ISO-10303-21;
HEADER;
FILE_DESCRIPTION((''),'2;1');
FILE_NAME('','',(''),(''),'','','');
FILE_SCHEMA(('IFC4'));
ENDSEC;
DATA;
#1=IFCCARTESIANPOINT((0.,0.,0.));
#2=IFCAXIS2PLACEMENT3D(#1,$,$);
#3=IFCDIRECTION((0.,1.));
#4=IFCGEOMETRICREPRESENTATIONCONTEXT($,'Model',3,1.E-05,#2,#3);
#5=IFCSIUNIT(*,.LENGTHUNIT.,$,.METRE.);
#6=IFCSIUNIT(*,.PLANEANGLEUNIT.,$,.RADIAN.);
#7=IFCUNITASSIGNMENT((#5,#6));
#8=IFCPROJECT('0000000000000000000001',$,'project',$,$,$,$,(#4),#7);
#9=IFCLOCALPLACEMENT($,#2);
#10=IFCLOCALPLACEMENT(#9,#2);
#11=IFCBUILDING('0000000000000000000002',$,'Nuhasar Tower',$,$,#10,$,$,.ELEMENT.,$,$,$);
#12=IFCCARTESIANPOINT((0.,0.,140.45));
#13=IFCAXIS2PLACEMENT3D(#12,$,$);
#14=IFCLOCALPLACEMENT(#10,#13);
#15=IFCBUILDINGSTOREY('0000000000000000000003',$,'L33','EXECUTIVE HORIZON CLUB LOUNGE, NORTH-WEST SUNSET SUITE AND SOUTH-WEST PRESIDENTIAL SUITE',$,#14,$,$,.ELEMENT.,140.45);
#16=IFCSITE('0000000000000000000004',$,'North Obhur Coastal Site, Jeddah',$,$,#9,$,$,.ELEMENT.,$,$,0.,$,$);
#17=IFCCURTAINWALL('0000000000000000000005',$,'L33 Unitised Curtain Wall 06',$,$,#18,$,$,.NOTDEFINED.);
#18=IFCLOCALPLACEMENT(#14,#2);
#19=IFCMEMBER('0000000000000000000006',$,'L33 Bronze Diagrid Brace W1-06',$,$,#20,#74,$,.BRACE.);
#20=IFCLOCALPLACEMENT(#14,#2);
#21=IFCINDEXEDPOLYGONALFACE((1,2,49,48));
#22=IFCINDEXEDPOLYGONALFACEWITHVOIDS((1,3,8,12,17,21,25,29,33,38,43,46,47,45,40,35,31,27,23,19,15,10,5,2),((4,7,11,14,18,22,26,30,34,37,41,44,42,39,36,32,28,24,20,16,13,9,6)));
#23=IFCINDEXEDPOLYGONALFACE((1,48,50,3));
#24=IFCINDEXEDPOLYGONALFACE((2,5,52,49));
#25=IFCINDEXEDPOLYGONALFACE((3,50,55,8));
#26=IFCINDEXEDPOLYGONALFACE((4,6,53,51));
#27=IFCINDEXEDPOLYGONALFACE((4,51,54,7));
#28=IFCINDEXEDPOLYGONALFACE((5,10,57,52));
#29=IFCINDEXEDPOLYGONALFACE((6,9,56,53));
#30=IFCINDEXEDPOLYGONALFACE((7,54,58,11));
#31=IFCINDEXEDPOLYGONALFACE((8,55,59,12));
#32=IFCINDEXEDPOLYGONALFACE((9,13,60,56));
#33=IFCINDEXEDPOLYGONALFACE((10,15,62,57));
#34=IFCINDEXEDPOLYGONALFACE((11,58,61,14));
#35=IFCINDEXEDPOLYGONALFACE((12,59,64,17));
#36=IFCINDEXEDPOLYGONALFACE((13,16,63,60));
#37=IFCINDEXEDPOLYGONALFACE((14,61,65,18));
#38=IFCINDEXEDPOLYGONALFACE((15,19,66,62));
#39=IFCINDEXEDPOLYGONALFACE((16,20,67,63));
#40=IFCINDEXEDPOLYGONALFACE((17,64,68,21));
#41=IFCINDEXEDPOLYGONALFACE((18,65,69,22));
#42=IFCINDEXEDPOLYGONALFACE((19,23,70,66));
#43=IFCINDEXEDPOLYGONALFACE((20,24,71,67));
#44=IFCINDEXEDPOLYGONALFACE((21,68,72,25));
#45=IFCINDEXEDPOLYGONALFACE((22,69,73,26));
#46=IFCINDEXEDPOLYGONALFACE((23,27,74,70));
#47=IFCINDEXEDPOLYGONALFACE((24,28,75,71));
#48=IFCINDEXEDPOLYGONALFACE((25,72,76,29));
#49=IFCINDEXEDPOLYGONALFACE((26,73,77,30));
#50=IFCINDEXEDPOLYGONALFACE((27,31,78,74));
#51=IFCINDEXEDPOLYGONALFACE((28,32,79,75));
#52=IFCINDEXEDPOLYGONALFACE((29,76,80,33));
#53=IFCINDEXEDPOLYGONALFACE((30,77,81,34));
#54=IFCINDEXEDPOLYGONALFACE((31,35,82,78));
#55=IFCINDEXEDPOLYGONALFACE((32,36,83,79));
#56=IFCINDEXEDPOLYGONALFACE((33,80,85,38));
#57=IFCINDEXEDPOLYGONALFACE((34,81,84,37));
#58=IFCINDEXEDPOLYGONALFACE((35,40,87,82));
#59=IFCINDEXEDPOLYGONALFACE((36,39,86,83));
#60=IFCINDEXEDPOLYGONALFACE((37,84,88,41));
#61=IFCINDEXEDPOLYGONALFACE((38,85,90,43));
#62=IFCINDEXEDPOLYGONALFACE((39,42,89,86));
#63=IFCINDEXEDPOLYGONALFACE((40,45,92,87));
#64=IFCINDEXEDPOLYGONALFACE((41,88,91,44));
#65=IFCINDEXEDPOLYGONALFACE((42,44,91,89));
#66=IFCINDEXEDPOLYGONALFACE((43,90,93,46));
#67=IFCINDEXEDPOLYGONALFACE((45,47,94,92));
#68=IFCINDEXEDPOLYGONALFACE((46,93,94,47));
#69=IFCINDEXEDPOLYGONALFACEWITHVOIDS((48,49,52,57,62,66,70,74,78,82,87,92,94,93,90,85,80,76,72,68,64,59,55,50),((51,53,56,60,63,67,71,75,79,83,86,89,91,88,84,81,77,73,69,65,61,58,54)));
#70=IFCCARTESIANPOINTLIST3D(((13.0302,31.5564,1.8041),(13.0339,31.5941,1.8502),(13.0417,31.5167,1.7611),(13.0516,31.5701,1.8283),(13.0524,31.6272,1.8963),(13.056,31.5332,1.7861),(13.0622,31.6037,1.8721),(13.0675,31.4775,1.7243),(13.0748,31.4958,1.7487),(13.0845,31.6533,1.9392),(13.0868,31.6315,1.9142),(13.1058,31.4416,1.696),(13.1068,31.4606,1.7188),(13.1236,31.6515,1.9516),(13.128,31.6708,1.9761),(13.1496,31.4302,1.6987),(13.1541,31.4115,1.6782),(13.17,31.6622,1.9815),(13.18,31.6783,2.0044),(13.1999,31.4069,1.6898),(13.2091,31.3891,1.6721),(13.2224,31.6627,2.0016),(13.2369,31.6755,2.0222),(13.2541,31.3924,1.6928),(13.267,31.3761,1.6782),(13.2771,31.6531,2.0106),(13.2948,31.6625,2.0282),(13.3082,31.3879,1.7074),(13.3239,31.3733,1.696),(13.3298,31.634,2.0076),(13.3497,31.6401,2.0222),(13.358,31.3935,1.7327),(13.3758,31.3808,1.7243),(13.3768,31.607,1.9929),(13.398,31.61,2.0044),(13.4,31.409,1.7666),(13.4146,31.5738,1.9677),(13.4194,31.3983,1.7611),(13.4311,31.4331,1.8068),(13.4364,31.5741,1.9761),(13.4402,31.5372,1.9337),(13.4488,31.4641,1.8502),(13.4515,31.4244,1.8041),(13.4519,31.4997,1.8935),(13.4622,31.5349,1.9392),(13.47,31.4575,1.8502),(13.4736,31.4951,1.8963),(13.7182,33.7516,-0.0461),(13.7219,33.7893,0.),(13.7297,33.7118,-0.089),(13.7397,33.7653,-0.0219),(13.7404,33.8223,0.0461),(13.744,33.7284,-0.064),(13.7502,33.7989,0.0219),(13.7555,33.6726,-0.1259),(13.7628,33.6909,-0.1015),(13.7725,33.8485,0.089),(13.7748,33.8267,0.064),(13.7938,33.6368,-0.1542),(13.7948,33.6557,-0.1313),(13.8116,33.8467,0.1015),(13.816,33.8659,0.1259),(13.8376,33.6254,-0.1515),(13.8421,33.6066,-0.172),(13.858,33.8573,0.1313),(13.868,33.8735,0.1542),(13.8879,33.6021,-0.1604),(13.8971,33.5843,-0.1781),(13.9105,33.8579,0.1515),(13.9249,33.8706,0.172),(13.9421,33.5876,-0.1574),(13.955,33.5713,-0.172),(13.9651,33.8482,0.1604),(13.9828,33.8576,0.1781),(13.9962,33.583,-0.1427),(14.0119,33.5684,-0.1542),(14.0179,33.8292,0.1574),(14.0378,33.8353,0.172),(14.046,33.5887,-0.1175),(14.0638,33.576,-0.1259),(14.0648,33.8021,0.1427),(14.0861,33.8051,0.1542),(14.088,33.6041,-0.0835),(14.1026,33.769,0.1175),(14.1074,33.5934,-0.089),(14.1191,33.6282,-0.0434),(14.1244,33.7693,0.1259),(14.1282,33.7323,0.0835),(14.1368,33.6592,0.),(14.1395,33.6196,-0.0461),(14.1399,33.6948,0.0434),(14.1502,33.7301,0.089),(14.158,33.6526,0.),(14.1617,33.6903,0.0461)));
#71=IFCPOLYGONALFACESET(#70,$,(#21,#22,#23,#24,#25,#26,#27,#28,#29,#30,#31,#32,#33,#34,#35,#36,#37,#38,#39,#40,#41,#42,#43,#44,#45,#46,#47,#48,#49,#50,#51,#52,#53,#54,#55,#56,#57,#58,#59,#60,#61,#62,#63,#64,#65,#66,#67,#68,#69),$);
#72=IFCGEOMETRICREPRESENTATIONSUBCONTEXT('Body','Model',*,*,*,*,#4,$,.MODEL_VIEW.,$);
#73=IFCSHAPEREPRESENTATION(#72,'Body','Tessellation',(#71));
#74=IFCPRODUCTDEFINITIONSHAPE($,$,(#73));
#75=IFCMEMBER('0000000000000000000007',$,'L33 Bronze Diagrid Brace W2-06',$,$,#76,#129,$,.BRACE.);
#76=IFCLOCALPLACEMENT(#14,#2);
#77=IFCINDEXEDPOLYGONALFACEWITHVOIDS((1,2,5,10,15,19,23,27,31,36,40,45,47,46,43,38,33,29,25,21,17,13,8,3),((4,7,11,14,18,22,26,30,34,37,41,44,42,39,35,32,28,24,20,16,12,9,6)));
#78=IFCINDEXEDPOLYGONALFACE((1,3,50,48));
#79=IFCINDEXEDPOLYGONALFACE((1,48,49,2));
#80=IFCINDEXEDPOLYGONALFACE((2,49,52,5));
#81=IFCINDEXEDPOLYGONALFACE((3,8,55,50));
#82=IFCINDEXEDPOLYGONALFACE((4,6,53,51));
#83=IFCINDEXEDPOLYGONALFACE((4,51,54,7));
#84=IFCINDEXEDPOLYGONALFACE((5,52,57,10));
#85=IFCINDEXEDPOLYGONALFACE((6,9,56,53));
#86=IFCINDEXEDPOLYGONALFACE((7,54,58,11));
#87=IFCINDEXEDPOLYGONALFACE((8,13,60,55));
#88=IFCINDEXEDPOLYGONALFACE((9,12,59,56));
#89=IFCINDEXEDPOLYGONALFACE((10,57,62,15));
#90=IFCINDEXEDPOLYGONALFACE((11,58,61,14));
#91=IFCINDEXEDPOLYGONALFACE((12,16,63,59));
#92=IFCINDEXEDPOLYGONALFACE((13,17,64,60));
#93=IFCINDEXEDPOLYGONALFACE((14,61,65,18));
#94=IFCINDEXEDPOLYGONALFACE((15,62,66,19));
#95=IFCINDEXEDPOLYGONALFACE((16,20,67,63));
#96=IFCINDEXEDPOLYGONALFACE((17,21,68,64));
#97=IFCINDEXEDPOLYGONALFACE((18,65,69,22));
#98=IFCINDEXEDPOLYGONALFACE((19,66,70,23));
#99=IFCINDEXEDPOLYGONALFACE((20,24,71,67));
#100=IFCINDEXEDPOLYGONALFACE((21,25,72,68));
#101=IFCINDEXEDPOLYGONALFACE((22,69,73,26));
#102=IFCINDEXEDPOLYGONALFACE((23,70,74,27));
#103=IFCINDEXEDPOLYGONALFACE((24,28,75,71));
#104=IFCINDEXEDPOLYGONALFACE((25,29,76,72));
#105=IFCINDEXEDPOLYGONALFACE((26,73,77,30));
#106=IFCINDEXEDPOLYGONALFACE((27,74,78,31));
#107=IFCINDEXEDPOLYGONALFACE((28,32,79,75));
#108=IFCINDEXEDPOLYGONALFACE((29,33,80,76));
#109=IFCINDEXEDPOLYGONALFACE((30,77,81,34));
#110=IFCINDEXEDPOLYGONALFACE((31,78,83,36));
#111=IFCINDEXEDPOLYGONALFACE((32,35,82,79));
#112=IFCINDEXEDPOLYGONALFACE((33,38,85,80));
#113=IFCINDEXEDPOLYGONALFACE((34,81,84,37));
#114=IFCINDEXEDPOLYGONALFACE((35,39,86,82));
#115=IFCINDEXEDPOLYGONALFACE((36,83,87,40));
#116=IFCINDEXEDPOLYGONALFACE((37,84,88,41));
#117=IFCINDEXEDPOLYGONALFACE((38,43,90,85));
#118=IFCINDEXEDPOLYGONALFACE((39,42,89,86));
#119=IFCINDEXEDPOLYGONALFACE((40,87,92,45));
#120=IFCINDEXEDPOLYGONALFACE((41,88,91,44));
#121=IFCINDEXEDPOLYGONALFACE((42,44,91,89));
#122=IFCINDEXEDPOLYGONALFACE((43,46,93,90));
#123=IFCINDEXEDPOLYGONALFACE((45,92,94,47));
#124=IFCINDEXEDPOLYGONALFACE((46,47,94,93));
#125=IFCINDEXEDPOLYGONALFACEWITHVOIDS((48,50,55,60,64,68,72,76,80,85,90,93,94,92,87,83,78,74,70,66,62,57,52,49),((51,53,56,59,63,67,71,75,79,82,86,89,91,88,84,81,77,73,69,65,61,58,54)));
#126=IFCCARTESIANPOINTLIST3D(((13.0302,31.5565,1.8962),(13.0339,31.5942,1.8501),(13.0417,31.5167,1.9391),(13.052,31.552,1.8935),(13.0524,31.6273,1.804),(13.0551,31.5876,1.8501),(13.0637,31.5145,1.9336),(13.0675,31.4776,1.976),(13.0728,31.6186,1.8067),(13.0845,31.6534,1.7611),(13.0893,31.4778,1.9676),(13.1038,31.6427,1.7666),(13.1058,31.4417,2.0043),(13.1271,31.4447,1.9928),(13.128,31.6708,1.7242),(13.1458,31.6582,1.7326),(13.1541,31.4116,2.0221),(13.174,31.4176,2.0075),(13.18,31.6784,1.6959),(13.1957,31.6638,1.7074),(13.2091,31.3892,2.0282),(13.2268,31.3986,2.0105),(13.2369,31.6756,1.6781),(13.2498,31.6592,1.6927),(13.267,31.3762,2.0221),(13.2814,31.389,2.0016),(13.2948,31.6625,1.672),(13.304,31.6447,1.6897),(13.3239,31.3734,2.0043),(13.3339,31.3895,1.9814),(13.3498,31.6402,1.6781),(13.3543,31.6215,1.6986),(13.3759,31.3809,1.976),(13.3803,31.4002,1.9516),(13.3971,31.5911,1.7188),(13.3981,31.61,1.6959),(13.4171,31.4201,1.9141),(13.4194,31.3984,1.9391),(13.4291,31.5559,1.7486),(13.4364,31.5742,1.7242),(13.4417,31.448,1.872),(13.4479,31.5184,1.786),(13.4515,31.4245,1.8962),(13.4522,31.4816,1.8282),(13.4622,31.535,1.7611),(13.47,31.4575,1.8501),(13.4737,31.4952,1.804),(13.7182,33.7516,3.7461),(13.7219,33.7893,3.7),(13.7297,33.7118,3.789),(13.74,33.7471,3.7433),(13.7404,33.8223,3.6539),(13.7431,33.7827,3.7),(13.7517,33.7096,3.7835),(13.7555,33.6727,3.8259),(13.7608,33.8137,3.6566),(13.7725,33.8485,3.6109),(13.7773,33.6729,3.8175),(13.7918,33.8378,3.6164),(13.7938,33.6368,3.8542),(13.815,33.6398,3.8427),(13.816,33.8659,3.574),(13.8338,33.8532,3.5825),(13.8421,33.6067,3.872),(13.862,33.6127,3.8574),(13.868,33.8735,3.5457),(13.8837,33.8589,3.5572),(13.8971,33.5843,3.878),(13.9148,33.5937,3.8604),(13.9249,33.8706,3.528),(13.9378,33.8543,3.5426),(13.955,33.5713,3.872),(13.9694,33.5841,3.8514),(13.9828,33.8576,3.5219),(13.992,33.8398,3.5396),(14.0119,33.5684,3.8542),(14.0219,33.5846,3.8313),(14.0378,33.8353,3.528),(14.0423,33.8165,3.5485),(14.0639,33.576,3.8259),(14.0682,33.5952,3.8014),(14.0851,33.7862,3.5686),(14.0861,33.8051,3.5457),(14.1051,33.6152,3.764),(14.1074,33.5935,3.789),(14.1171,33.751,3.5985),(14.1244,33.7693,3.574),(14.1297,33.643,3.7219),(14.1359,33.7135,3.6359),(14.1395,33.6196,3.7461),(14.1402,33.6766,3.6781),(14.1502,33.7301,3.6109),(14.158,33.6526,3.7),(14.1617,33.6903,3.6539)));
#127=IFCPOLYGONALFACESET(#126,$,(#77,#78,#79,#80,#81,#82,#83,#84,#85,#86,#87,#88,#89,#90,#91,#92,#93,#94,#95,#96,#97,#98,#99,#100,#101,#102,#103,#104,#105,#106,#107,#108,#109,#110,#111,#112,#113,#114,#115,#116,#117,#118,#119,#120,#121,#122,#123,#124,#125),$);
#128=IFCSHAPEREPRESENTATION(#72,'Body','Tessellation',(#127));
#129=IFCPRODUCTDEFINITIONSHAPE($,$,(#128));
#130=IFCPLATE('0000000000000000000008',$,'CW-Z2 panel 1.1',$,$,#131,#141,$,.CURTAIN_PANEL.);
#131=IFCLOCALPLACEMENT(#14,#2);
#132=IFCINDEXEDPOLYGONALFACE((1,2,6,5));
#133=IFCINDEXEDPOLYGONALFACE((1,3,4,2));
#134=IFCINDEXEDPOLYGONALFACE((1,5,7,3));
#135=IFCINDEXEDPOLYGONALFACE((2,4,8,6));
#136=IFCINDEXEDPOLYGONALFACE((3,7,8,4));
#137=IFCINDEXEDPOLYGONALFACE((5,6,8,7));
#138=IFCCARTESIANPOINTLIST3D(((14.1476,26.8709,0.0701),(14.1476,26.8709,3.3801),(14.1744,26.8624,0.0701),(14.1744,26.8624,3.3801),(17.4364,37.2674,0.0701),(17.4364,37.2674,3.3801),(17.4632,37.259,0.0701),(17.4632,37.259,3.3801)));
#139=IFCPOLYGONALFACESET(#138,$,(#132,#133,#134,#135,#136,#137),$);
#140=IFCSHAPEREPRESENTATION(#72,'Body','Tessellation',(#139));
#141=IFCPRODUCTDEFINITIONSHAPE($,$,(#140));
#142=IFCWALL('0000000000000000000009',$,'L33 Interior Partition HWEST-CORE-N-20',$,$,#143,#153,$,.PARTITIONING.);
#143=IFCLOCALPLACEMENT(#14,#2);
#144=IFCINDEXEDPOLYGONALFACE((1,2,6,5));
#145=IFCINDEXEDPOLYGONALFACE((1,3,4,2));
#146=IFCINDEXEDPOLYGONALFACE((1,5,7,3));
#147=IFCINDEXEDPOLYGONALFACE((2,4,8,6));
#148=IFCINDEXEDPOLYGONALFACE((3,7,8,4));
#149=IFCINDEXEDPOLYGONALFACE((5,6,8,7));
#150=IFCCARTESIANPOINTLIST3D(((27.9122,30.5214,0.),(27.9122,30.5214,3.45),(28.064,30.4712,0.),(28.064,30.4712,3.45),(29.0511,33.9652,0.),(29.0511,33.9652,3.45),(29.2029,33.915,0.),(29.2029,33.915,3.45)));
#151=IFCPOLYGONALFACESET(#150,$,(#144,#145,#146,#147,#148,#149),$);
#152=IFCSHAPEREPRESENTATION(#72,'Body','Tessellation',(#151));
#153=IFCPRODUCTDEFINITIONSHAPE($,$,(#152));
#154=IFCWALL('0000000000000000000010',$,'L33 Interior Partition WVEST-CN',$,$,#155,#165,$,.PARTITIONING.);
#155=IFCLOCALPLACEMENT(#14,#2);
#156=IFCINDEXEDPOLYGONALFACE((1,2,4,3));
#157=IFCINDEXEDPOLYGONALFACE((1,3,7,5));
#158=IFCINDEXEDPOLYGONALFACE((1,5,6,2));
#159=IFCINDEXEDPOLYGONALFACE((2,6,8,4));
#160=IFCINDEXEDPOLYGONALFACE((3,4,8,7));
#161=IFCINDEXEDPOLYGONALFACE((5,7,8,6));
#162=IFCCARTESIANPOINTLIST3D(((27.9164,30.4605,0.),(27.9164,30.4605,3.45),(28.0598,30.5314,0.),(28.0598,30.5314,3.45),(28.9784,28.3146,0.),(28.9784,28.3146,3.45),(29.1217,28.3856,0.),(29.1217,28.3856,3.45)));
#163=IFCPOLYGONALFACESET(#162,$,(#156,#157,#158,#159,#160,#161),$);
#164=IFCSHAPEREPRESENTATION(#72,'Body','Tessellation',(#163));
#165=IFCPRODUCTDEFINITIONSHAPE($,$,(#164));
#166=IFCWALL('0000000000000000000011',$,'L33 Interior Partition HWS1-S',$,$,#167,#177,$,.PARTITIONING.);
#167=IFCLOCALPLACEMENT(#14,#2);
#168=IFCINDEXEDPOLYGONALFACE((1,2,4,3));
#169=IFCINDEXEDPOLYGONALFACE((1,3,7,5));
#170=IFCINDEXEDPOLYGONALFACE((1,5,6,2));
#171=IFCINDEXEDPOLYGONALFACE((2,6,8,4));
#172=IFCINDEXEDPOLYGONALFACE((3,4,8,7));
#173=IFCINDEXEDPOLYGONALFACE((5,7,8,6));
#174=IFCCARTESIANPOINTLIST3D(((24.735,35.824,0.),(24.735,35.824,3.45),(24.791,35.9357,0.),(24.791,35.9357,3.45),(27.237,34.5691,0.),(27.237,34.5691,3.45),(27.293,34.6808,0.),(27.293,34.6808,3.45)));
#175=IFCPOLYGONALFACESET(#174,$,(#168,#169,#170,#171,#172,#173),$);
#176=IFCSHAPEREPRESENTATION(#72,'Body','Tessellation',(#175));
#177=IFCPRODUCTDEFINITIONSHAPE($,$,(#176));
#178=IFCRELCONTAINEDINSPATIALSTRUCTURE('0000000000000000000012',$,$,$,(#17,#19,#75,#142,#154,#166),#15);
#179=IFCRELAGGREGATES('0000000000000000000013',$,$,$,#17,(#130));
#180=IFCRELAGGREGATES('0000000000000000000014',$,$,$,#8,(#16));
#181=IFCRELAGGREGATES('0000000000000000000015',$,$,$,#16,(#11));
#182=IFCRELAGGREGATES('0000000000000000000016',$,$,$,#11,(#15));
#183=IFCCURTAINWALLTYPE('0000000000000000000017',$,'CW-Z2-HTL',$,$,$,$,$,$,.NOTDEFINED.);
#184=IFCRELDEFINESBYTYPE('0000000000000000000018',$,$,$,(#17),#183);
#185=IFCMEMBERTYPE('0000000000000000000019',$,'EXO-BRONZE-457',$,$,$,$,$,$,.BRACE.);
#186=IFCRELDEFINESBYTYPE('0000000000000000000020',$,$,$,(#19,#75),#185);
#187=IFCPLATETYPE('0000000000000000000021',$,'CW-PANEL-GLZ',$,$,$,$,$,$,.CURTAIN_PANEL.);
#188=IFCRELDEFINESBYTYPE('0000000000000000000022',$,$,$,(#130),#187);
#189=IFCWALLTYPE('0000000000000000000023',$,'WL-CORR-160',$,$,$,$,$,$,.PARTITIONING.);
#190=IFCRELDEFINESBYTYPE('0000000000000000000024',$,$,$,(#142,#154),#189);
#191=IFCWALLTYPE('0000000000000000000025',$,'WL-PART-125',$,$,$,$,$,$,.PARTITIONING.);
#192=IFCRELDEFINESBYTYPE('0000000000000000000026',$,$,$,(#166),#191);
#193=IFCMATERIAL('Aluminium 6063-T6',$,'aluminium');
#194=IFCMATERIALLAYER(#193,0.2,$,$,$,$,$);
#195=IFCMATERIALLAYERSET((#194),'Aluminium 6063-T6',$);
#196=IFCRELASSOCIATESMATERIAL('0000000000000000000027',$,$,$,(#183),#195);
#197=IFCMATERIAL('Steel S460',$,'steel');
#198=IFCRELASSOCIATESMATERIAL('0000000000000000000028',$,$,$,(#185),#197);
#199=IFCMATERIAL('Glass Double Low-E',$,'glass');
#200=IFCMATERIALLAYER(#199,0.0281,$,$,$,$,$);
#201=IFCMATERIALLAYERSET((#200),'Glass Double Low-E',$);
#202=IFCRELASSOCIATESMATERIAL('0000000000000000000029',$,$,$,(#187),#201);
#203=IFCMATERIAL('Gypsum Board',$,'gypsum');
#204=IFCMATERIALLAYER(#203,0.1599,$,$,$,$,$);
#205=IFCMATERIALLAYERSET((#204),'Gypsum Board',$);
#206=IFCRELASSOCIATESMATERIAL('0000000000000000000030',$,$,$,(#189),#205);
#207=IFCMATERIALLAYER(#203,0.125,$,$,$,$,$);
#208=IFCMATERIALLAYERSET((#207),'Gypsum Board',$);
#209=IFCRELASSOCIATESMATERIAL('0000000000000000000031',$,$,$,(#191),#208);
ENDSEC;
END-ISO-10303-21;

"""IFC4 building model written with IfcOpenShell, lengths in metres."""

from ifc_helpers import new_model, si_unit, direction, frame, frame_2d, origin, origin_2d, place, context, subcontext, project, spatial, rectangle, hollow_circle, extrude, material, layer, layer_set, material_profile, profile_set, type_object, element, aggregate, save


model = new_model("IFC4")

# Units and contexts
model_context = context("Model", 3, precision=1e-05, world=origin(), true_north=direction((0.0, 1.0)))
body_context = subcontext(model_context, "Body", "Model", "MODEL_VIEW")
ifc_project = project(units=[si_unit("LENGTHUNIT", "METRE"), si_unit("PLANEANGLEUNIT", "RADIAN")], contexts=[model_context])

# Site, building, storey
site_placement = place(None, origin())
site = spatial("IfcSite", under=ifc_project, at=site_placement, Name="North Obhur Coastal Site, Jeddah", CompositionType="ELEMENT", RefElevation=0.0)
building_placement = place(site_placement, origin())
building = spatial("IfcBuilding", under=site, at=building_placement, Name="Nuhasar Tower", CompositionType="ELEMENT")
storey_placement = place(building_placement, frame((0.0, 0.0, 140.45)))
storey = spatial("IfcBuildingStorey", under=building, at=storey_placement, Name="L33", Description="EXECUTIVE HORIZON CLUB LOUNGE, NORTH-WEST SUNSET SUITE AND SOUTH-WEST PRESIDENTIAL SUITE", CompositionType="ELEMENT", Elevation=140.45)

# Curtain wall
ifc_material_1 = material(Name="Aluminium 6063-T6", Category="aluminium")
ifc_layer_1 = layer(ifc_material_1, 0.2)
ifc_layer_set_1 = layer_set([ifc_layer_1], Name="Aluminium 6063-T6")
curtain_wall_type = type_object("IfcCurtainWallType", Name="CW-Z2-HTL", PredefinedType="NOTDEFINED", material=ifc_layer_set_1)
curtain_wall_placement = place(storey_placement, origin())
curtain_wall = element("IfcCurtainWall", 1, at=curtain_wall_placement, inside=storey, type_object=curtain_wall_type, Name="L33 Unitised Curtain Wall 06", PredefinedType="NOTDEFINED")

# Members
ifc_material_2 = material(Name="Steel S460", Category="steel")
ifc_material_profile_1 = material_profile(ifc_material_2, hollow_circle(Radius=0.2285, WallThickness=0.0222, at=origin_2d()), Name="HSS457X22.2")
ifc_profile_set_1 = profile_set([ifc_material_profile_1], Name="Steel S460")
member_type_1 = type_object("IfcMemberType", Name="EXO-BRONZE-457", PredefinedType="BRACE", material=ifc_profile_set_1)
member_1_placement = place(storey_placement, frame((13.9399, 33.7209, 0.0), z_axis=(-0.233056, -0.743578, 0.626719), x_axis=(0.954228, -0.299079, 0.0)))
element("IfcMember", 2, at=member_1_placement, inside=storey, type_object=member_type_1, Name="L33 Bronze Diagrid Brace W1-06", PredefinedType="BRACE", context=body_context, shape_type="SweptSolid", body=[
    extrude(hollow_circle(Radius=0.2285, WallThickness=0.0222, at=origin_2d()), origin(), (0.0, 0.0, 1.0), 2.9521),
])
member_2_placement = place(storey_placement, frame((13.252, 31.5259, 1.8501), z_axis=(0.233068, 0.743616, 0.626669), x_axis=(-0.954228, 0.299079, 0.0)))
element("IfcMember", 3, at=member_2_placement, inside=storey, type_object=member_type_1, Name="L33 Bronze Diagrid Brace W2-06", PredefinedType="BRACE", context=body_context, shape_type="SweptSolid", body=[
    extrude(hollow_circle(Radius=0.2285, WallThickness=0.0222, at=origin_2d()), origin(), (0.0, 0.0, 1.0), 2.9519),
])

# Plate
ifc_material_3 = material(Name="Glass Double Low-E", Category="glass")
ifc_layer_2 = layer(ifc_material_3, 0.0281)
ifc_layer_set_2 = layer_set([ifc_layer_2], Name="Glass Double Low-E")
plate_type = type_object("IfcPlateType", Name="CW-PANEL-GLZ", PredefinedType="CURTAIN_PANEL", material=ifc_layer_set_2)
plate_placement = place(storey_placement, frame((15.8054, 32.0649, 0.0701), z_axis=(0.0, 0.0, 1.0), x_axis=(-0.301604, -0.953433, 0.0)))
plate = element("IfcPlate", 4, at=plate_placement, type_object=plate_type, Name="CW-Z2 panel 1.1", PredefinedType="CURTAIN_PANEL", context=body_context, shape_type="SweptSolid", body=[
    extrude(rectangle(XDim=10.9043, YDim=0.0281, at=origin_2d()), origin(), (0.0, 0.0, 1.0), 3.3101),
])
aggregate(curtain_wall, [plate])

# Wall
ifc_material_4 = material(Name="Gypsum Board", Category="gypsum")
ifc_layer_3 = layer(ifc_material_4, 0.1599)
ifc_layer_set_3 = layer_set([ifc_layer_3], Name="Gypsum Board")
wall_type_1 = type_object("IfcWallType", Name="WL-CORR-160", PredefinedType="PARTITIONING", material=ifc_layer_set_3)
wall_1_placement = place(storey_placement, frame((29.127, 33.9399, 0.0), z_axis=(0.0, 0.0, 1.0), x_axis=(-0.313986, -0.949428, 0.0)))
element("IfcWall", 5, at=wall_1_placement, inside=storey, type_object=wall_type_1, Name="L33 Interior Partition HWEST-CORE-N-20", PredefinedType="PARTITIONING", context=body_context, shape_type="SweptSolid", body=[
    extrude(rectangle(XDim=3.6272, YDim=0.1599, at=frame_2d((1.8135, 0.0))), origin(), (0.0, 0.0, 1.0), 3.45),
])

# Walls
wall_2_placement = place(storey_placement, frame((27.988, 30.4961, 0.0), z_axis=(0.0, 0.0, 1.0), x_axis=(0.443539, -0.896255, 0.0)))
element("IfcWall", 6, at=wall_2_placement, inside=storey, type_object=wall_type_1, Name="L33 Interior Partition WVEST-CN", PredefinedType="PARTITIONING", context=body_context, shape_type="SweptSolid", body=[
    extrude(rectangle(XDim=2.3943, YDim=0.1599, at=frame_2d((1.1973, 0.0))), origin(), (0.0, 0.0, 1.0), 3.45),
])
ifc_layer_4 = layer(ifc_material_4, 0.125)
ifc_layer_set_4 = layer_set([ifc_layer_4], Name="Gypsum Board")
wall_type_2 = type_object("IfcWallType", Name="WL-PART-125", PredefinedType="PARTITIONING", material=ifc_layer_set_4)
wall_3_placement = place(storey_placement, frame((27.2649, 34.625, 0.0), z_axis=(0.0, 0.0, 1.0), x_axis=(-0.893868, 0.44833, 0.0)))
element("IfcWall", 7, at=wall_3_placement, inside=storey, type_object=wall_type_2, Name="L33 Interior Partition HWS1-S", PredefinedType="PARTITIONING", context=body_context, shape_type="SweptSolid", body=[
    extrude(rectangle(XDim=2.7991, YDim=0.125, at=frame_2d((1.3994, 0.0))), origin(), (0.0, 0.0, 1.0), 3.45),
])

save(model, "model.ifc")
